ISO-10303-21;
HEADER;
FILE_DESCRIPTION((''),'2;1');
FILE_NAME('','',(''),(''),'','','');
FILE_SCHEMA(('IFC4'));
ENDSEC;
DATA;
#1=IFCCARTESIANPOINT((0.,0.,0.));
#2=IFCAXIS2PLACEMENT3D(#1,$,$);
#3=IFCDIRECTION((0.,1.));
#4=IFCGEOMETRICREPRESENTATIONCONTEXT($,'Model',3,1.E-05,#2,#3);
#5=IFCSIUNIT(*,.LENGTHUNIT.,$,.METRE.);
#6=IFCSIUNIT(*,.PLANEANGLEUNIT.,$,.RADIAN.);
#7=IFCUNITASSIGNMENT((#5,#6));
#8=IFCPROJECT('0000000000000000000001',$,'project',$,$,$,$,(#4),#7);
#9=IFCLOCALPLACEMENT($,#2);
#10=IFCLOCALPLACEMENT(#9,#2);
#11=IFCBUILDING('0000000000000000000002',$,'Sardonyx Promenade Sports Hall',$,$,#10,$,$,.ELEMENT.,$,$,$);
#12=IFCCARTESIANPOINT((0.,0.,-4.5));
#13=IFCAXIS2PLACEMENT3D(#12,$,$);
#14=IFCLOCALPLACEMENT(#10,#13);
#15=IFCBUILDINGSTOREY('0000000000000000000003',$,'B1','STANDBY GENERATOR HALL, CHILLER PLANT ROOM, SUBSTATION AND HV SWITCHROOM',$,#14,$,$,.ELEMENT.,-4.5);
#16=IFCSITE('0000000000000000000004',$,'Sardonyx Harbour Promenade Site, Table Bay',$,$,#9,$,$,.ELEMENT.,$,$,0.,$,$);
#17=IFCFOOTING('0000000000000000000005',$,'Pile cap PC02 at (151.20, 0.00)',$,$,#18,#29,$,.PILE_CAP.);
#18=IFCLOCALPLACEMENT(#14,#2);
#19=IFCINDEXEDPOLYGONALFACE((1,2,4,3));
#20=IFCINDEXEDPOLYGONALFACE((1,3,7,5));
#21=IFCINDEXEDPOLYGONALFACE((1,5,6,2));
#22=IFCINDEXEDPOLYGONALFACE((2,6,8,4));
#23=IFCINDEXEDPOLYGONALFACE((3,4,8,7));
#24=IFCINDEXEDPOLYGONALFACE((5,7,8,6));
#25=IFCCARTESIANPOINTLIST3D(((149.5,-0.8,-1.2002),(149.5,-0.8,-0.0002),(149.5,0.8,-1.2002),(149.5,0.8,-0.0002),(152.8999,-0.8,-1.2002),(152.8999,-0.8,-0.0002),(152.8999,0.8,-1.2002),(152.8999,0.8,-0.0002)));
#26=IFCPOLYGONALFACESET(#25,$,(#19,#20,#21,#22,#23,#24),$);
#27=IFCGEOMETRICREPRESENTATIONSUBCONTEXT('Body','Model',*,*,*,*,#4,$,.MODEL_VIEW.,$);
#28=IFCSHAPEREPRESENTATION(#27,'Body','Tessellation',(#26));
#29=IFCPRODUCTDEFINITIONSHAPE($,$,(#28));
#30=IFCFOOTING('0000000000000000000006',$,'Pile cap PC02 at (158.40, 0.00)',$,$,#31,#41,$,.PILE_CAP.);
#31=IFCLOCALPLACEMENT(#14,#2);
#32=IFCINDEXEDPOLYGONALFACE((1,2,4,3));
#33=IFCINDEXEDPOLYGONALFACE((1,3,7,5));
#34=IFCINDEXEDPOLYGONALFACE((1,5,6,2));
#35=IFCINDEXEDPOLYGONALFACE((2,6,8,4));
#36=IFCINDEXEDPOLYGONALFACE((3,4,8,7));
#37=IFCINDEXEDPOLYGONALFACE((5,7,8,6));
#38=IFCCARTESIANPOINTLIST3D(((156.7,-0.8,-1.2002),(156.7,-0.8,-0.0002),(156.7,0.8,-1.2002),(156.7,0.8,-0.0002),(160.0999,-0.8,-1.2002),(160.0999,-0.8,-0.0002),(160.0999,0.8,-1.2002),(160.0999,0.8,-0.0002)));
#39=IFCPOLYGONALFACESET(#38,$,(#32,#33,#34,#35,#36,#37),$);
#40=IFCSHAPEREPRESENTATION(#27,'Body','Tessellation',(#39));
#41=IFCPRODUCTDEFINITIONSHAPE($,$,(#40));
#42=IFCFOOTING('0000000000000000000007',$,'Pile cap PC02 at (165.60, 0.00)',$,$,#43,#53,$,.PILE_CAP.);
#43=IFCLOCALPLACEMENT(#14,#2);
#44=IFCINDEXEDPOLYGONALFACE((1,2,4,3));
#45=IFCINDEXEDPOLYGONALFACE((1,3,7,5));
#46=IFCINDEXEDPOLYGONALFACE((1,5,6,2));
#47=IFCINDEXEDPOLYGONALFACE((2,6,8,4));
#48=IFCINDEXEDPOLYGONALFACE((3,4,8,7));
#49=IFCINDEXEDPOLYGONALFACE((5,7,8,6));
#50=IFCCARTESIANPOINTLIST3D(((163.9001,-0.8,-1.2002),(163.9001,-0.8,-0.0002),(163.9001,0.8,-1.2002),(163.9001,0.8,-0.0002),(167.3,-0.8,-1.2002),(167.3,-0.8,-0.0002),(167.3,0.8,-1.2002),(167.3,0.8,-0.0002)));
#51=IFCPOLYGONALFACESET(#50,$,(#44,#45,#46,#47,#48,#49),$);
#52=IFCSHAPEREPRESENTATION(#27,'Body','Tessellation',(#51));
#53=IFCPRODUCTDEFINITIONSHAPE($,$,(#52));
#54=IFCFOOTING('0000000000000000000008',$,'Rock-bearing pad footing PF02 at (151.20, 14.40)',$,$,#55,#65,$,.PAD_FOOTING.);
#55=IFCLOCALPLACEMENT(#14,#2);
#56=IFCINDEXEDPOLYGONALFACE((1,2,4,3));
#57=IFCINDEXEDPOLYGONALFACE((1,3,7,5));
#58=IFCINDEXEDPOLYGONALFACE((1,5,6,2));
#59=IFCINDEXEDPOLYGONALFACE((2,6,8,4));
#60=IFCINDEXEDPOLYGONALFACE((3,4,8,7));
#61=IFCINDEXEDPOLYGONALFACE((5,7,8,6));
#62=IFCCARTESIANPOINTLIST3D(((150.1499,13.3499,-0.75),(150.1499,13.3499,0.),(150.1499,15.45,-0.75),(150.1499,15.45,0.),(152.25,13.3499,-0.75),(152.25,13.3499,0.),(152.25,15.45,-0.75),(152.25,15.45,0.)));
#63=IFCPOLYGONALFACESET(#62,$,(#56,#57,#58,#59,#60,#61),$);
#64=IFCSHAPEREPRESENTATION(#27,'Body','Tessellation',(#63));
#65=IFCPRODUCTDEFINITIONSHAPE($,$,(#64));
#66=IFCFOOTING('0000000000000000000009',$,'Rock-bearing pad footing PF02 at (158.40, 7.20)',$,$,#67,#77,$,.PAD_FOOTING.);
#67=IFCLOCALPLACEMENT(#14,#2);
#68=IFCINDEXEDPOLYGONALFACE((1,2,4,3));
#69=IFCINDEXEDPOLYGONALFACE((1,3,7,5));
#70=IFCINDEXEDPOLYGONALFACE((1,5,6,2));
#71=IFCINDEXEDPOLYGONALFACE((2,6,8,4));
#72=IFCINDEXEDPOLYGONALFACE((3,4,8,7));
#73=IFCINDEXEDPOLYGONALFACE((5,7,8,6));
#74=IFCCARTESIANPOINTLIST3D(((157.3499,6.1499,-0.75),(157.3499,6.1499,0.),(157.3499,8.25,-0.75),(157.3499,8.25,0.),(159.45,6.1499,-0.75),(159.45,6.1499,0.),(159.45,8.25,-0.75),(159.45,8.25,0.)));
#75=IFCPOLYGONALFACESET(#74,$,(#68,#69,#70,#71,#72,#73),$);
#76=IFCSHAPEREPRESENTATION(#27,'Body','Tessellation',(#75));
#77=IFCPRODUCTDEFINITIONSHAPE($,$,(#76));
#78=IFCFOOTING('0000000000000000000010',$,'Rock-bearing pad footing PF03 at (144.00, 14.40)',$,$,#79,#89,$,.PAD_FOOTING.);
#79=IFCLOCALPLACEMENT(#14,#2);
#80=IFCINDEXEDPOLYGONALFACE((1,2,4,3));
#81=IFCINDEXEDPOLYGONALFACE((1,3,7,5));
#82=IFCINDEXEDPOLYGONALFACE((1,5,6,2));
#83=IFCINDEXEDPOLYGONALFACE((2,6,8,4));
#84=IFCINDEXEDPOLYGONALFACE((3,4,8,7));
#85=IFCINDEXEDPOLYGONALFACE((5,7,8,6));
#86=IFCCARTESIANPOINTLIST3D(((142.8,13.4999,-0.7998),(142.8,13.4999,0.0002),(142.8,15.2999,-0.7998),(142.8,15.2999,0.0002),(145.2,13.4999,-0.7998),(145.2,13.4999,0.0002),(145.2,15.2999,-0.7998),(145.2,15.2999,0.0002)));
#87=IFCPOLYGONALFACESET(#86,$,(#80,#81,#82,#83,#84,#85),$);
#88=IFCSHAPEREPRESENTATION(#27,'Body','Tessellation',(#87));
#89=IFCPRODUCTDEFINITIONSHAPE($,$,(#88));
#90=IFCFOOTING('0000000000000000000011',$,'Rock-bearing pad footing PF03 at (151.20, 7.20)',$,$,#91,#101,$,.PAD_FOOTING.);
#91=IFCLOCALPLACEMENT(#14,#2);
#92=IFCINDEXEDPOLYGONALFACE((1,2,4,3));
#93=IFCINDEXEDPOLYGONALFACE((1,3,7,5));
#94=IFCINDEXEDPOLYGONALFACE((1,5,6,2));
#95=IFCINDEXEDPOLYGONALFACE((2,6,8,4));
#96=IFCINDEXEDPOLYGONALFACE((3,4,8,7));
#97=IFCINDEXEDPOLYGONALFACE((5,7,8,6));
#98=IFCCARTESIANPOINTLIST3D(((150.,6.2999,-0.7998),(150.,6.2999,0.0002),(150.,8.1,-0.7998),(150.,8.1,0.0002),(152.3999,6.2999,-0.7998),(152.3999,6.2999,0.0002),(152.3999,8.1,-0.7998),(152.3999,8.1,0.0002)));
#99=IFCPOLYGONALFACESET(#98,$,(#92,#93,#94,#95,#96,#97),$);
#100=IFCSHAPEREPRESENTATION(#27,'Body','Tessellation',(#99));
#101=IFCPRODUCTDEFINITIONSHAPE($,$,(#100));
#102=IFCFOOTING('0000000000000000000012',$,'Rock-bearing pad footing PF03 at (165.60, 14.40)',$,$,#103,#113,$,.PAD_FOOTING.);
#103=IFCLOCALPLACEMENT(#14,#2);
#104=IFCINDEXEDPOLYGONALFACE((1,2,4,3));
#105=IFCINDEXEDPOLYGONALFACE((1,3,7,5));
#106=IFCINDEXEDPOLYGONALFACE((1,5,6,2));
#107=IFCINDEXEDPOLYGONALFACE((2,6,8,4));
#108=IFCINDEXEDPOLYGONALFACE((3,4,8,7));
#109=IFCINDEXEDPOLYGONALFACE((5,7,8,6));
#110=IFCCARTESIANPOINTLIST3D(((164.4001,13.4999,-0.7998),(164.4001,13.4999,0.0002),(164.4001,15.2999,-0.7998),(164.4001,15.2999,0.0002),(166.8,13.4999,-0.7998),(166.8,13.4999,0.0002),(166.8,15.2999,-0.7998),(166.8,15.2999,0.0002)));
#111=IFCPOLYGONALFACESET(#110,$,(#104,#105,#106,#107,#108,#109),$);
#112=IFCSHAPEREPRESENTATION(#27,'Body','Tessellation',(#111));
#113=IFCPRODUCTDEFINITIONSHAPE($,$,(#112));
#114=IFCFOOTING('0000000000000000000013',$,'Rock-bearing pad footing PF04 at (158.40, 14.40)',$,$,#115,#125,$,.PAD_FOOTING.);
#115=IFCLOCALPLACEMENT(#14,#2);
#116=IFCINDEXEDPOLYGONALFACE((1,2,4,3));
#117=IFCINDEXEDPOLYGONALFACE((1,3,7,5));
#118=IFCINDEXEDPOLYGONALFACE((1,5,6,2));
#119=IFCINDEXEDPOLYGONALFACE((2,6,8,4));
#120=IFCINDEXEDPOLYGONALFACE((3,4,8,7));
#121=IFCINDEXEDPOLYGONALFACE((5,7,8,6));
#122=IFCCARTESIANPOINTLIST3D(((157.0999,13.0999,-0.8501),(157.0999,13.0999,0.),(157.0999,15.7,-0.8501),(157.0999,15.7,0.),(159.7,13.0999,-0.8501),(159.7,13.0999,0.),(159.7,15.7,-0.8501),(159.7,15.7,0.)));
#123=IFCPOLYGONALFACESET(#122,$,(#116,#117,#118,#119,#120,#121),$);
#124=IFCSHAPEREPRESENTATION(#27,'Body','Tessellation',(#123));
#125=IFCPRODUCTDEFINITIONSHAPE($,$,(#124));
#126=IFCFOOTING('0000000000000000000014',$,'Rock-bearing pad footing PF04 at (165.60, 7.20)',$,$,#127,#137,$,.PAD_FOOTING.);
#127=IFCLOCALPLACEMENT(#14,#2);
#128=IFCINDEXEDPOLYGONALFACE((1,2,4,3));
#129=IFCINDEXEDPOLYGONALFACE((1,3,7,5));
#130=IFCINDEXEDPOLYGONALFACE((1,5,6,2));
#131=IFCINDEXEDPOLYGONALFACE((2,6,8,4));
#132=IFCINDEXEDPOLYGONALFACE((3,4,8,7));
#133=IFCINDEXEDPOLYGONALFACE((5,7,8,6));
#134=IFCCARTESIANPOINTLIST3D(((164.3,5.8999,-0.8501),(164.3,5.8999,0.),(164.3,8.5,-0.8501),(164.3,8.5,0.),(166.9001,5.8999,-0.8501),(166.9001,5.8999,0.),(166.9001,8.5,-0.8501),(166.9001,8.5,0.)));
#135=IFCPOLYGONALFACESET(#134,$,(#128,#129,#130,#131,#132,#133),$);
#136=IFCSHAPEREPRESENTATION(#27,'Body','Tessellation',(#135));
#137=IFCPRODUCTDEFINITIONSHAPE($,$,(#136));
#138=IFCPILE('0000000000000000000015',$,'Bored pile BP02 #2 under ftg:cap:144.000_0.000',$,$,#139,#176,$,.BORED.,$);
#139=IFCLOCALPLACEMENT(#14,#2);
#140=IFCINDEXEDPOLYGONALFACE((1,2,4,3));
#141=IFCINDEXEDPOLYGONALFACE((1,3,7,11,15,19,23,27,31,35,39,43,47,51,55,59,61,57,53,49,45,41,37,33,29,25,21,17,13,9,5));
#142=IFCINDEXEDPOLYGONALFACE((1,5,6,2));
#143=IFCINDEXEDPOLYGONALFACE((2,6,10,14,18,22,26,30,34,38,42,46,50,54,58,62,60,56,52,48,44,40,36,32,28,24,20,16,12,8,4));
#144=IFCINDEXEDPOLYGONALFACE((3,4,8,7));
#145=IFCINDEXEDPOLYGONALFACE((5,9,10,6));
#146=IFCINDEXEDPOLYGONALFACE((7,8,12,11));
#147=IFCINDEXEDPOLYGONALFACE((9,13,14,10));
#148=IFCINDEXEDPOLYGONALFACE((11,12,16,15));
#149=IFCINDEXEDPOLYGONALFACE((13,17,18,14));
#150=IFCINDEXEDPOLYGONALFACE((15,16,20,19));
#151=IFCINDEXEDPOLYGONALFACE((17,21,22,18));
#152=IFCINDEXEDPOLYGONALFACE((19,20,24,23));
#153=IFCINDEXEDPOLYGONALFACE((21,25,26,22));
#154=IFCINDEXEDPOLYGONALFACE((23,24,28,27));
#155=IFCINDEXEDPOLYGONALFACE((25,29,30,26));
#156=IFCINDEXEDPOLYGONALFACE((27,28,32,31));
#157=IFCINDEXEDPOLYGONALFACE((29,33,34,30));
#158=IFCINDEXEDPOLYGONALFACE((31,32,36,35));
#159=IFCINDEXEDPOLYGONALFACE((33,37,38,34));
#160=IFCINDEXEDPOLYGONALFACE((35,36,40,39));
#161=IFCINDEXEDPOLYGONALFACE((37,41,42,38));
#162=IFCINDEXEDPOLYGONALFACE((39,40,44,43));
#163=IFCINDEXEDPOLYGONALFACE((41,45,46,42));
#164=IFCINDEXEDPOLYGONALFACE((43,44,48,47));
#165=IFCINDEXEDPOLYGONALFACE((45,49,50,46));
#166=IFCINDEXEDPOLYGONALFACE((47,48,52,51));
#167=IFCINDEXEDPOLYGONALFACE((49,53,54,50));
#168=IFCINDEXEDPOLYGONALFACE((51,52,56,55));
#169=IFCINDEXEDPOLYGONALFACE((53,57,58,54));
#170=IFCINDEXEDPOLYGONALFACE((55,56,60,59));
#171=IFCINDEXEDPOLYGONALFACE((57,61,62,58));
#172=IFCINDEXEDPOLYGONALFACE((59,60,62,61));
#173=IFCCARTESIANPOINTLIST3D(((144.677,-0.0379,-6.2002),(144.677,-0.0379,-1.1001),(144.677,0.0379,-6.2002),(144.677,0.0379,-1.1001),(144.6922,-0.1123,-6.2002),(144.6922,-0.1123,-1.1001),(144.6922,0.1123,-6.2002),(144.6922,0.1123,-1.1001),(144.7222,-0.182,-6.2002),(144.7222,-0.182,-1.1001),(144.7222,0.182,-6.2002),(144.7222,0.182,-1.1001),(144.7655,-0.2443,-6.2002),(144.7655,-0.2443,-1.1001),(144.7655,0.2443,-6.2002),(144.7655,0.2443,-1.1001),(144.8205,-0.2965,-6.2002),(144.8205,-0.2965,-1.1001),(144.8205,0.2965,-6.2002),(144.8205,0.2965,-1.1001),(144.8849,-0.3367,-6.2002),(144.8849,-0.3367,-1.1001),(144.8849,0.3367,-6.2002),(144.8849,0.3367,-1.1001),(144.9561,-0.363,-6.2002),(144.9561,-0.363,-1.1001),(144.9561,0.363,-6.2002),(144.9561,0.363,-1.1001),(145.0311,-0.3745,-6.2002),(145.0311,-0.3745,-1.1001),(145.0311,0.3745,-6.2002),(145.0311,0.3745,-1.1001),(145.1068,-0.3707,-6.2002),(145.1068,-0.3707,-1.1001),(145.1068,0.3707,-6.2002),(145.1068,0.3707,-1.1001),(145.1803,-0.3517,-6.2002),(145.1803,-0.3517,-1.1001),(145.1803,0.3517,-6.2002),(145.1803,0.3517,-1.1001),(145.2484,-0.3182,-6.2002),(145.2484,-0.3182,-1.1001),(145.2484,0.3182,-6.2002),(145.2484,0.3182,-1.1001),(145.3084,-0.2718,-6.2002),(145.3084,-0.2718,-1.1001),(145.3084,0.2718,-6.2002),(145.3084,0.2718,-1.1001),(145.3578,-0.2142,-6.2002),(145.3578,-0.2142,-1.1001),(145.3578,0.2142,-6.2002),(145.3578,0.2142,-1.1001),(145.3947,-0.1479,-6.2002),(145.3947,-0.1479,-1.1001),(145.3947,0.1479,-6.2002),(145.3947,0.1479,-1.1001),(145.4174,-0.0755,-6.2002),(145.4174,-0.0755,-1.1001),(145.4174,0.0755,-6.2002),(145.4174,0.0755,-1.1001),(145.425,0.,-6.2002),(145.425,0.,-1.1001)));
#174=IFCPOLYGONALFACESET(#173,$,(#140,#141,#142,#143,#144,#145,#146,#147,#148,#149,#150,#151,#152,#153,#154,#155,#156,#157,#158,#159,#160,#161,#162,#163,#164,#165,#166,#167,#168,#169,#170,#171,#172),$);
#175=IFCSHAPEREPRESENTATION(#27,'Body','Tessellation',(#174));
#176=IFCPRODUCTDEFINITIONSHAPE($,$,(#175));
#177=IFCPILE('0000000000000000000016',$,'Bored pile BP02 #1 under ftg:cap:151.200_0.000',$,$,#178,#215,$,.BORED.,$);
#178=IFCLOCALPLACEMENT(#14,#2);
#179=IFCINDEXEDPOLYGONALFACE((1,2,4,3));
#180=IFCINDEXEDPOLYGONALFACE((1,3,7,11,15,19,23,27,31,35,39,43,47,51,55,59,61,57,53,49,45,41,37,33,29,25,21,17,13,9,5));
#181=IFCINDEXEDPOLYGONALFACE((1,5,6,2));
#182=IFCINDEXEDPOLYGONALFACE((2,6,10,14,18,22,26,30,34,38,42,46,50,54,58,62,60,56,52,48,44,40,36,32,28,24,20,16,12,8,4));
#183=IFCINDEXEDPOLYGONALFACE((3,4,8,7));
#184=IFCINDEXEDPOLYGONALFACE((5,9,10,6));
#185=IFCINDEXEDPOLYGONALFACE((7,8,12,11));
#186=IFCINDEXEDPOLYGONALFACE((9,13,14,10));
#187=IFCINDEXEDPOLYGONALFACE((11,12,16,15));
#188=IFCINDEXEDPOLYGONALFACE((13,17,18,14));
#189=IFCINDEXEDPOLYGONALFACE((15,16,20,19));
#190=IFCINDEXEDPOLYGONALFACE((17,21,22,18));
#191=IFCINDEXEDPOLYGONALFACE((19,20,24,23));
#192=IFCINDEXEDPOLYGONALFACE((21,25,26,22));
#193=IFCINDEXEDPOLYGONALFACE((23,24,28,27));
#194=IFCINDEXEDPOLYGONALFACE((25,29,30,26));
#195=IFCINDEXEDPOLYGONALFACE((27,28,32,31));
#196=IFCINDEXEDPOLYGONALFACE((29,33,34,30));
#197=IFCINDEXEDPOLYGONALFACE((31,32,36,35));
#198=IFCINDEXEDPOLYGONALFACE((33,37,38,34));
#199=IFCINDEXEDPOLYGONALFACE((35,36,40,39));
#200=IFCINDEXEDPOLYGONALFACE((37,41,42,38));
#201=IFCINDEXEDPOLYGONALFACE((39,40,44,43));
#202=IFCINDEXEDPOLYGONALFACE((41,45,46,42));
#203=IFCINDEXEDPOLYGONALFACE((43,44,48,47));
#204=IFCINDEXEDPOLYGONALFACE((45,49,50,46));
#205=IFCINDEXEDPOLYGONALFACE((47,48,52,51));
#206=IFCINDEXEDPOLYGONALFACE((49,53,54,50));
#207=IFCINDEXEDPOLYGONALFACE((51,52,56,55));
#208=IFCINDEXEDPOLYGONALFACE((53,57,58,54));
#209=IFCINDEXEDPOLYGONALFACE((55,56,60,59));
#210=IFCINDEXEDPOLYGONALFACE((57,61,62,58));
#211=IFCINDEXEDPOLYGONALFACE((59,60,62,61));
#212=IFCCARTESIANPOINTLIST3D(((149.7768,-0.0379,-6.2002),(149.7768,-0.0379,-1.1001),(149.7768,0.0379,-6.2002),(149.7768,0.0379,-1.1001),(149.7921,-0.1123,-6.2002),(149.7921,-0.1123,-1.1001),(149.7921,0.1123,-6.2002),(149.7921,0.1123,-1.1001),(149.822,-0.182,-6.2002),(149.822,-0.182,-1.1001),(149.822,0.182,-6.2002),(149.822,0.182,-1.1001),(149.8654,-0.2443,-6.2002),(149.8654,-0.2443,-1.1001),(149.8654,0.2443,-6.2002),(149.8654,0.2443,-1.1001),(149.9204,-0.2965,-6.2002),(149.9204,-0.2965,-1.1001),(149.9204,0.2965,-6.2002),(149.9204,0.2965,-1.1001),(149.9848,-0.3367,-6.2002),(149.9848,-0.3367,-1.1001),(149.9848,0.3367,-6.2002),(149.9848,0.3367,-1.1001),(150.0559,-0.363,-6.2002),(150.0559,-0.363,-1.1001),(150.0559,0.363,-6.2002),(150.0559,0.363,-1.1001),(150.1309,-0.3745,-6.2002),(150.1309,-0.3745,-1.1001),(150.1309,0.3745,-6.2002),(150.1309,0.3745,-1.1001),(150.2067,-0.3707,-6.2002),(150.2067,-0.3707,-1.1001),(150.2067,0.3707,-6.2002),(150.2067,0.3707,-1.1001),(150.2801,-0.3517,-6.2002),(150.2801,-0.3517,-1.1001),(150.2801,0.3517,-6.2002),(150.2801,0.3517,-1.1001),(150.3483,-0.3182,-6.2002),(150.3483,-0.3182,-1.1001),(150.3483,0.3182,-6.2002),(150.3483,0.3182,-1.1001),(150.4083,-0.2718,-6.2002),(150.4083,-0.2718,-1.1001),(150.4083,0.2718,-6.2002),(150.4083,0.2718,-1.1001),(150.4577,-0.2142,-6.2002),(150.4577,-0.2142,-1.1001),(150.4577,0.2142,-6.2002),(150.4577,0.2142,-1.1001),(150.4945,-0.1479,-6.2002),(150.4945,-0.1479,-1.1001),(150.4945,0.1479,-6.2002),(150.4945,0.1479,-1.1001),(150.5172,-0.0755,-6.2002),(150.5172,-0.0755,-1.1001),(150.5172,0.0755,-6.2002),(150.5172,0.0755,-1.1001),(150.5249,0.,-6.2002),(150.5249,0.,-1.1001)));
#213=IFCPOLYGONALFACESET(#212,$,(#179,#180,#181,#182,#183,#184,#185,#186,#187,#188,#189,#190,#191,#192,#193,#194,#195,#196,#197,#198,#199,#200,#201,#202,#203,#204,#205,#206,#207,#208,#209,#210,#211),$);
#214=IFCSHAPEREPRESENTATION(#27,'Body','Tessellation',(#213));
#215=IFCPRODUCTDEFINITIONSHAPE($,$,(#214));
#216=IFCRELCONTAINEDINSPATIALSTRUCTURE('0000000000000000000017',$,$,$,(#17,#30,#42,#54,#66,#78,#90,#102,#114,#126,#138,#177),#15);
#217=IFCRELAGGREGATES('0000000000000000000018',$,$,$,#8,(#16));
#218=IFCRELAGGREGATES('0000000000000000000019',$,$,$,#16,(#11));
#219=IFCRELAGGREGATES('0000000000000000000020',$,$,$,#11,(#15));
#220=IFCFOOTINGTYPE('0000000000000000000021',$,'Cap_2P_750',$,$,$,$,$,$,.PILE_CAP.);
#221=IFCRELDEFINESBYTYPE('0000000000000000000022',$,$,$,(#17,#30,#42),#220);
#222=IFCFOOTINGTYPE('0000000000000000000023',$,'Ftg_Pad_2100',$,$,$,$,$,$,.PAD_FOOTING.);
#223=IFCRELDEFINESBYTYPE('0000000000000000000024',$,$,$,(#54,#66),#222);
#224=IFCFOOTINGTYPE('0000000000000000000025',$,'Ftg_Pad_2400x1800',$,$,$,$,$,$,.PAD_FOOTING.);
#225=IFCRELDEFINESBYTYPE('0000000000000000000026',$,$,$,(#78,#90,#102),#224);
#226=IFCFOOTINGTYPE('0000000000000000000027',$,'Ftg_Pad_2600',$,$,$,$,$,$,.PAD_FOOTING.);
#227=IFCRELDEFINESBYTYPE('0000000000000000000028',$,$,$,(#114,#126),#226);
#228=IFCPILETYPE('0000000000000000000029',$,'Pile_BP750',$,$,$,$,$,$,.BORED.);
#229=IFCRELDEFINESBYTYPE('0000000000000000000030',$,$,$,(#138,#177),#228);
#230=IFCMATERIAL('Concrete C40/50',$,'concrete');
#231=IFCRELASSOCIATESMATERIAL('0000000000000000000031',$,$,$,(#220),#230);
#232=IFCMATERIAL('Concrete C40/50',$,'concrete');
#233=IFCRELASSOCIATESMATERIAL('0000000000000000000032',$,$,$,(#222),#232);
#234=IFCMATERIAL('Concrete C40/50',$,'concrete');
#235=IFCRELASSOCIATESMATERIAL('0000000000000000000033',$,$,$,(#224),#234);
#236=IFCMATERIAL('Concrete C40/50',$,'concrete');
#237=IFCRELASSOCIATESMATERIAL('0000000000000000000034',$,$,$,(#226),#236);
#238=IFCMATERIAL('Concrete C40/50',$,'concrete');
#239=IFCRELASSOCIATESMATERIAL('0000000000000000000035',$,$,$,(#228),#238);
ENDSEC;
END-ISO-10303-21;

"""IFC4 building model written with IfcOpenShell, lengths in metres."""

from ifc_helpers import new_model, si_unit, direction, frame, origin, origin_2d, place, context, subcontext, project, spatial, rectangle, circle, extrude, material, material_profile, profile_set, type_object, element, save


model = new_model("IFC4")

# Units and contexts
model_context = context("Model", 3, precision=1e-05, world=origin(), true_north=direction((0.0, 1.0)))
body_context = subcontext(model_context, "Body", "Model", "MODEL_VIEW")
ifc_project = project(units=[si_unit("LENGTHUNIT", "METRE"), si_unit("PLANEANGLEUNIT", "RADIAN")], contexts=[model_context])

# Site, building, storey
site_placement = place(None, origin())
site = spatial("IfcSite", under=ifc_project, at=site_placement, Name="Sardonyx Harbour Promenade Site, Table Bay", CompositionType="ELEMENT", RefElevation=0.0)
building_placement = place(site_placement, origin())
building = spatial("IfcBuilding", under=site, at=building_placement, Name="Sardonyx Promenade Sports Hall", CompositionType="ELEMENT")
storey_placement = place(building_placement, frame((0.0, 0.0, -4.5)))
storey = spatial("IfcBuildingStorey", under=building, at=storey_placement, Name="B1", Description="STANDBY GENERATOR HALL, CHILLER PLANT ROOM, SUBSTATION AND HV SWITCHROOM", CompositionType="ELEMENT", Elevation=-4.5)

# Footings
ifc_material_1 = material(Name="Concrete C40/50", Category="concrete")
footing_type_1 = type_object("IfcFootingType", Name="Cap_2P_750", PredefinedType="PILE_CAP", material=ifc_material_1)
for number, where, z_axis, x_axis, name in (
    (1, (151.2, 0.0, -1.2002), (0.0, 0.0, 1.0), (1.0, 0.0, 0.0), "Pile cap PC02 at (151.20, 0.00)"),
    (2, (158.3999, 0.0, -1.2002), (0.0, 0.0, 1.0), (1.0, 0.0, 0.0), "Pile cap PC02 at (158.40, 0.00)"),
    (3, (165.6001, 0.0, -1.2002), (0.0, 0.0, 1.0), (1.0, 0.0, 0.0), "Pile cap PC02 at (165.60, 0.00)"),
):
    element("IfcFooting", number, at=place(storey_placement, frame(where, z_axis=z_axis, x_axis=x_axis)), inside=storey, type_object=footing_type_1, Name=name, PredefinedType="PILE_CAP", context=body_context, shape_type="SweptSolid", body=[
        extrude(rectangle(XDim=3.3999, YDim=1.6001, at=origin_2d()), origin(), (0.0, 0.0, 1.0), 1.2),
    ])
ifc_material_2 = material(Name="Concrete C40/50", Category="concrete")
footing_type_2 = type_object("IfcFootingType", Name="Ftg_Pad_2100", PredefinedType="PAD_FOOTING", material=ifc_material_2)
for number, where, z_axis, x_axis, name in (
    (4, (151.2, 14.3999, -0.75), (0.0, 0.0, 1.0), (1.0, 0.0, 0.0), "Rock-bearing pad footing PF02 at (151.20, 14.40)"),
    (5, (158.3999, 7.2, -0.75), (0.0, 0.0, 1.0), (1.0, 0.0, 0.0), "Rock-bearing pad footing PF02 at (158.40, 7.20)"),
):
    element("IfcFooting", number, at=place(storey_placement, frame(where, z_axis=z_axis, x_axis=x_axis)), inside=storey, type_object=footing_type_2, Name=name, PredefinedType="PAD_FOOTING", context=body_context, shape_type="SweptSolid", body=[
        extrude(rectangle(XDim=2.1001, YDim=2.1001, at=origin_2d()), origin(), (0.0, 0.0, 1.0), 0.75),
    ])
ifc_material_3 = material(Name="Concrete C40/50", Category="concrete")
footing_type_3 = type_object("IfcFootingType", Name="Ftg_Pad_2400x1800", PredefinedType="PAD_FOOTING", material=ifc_material_3)
for number, where, z_axis, x_axis, name in (
    (6, (144.0, 14.3999, -0.7998), (0.0, 0.0, 1.0), (1.0, 0.0, 0.0), "Rock-bearing pad footing PF03 at (144.00, 14.40)"),
    (7, (151.2, 7.2, -0.7998), (0.0, 0.0, 1.0), (1.0, 0.0, 0.0), "Rock-bearing pad footing PF03 at (151.20, 7.20)"),
    (8, (165.6001, 14.3999, -0.7998), (0.0, 0.0, 1.0), (1.0, 0.0, 0.0), "Rock-bearing pad footing PF03 at (165.60, 14.40)"),
):
    element("IfcFooting", number, at=place(storey_placement, frame(where, z_axis=z_axis, x_axis=x_axis)), inside=storey, type_object=footing_type_3, Name=name, PredefinedType="PAD_FOOTING", context=body_context, shape_type="SweptSolid", body=[
        extrude(rectangle(XDim=2.3999, YDim=1.8, at=origin_2d()), origin(), (0.0, 0.0, 1.0), 0.8),
    ])
ifc_material_4 = material(Name="Concrete C40/50", Category="concrete")
footing_type_4 = type_object("IfcFootingType", Name="Ftg_Pad_2600", PredefinedType="PAD_FOOTING", material=ifc_material_4)
for number, where, z_axis, x_axis, name in (
    (9, (158.3999, 14.3999, -0.8501), (0.0, 0.0, 1.0), (1.0, 0.0, 0.0), "Rock-bearing pad footing PF04 at (158.40, 14.40)"),
    (10, (165.6001, 7.2, -0.8501), (0.0, 0.0, 1.0), (1.0, 0.0, 0.0), "Rock-bearing pad footing PF04 at (165.60, 7.20)"),
):
    element("IfcFooting", number, at=place(storey_placement, frame(where, z_axis=z_axis, x_axis=x_axis)), inside=storey, type_object=footing_type_4, Name=name, PredefinedType="PAD_FOOTING", context=body_context, shape_type="SweptSolid", body=[
        extrude(rectangle(XDim=2.6001, YDim=2.6001, at=origin_2d()), origin(), (0.0, 0.0, 1.0), 0.8501),
    ])

# Piles
ifc_material_5 = material(Name="Concrete C40/50", Category="concrete")
ifc_material_profile_1 = material_profile(ifc_material_5, circle(Radius=0.375, at=origin_2d()))
ifc_profile_set_1 = profile_set([ifc_material_profile_1], Name="Concrete C40/50")
pile_type = type_object("IfcPileType", Name="Pile_BP750", PredefinedType="BORED", material=ifc_profile_set_1)
for number, where, z_axis, x_axis, name in (
    (11, (145.05, 0.0, -1.1001), (0.0, 0.0, -1.0), (1.0, 0.0, 0.0), "Bored pile BP02 #2 under ftg:cap:144.000_0.000"),
    (12, (150.1499, 0.0, -1.1001), (0.0, 0.0, -1.0), (1.0, 0.0, 0.0), "Bored pile BP02 #1 under ftg:cap:151.200_0.000"),
):
    element("IfcPile", number, at=place(storey_placement, frame(where, z_axis=z_axis, x_axis=x_axis)), inside=storey, type_object=pile_type, Name=name, PredefinedType="BORED", context=body_context, shape_type="SweptSolid", body=[
        extrude(circle(Radius=0.375, at=origin_2d()), origin(), (0.0, 0.0, 1.0), 5.1001),
    ])

save(model, "model.ifc")
